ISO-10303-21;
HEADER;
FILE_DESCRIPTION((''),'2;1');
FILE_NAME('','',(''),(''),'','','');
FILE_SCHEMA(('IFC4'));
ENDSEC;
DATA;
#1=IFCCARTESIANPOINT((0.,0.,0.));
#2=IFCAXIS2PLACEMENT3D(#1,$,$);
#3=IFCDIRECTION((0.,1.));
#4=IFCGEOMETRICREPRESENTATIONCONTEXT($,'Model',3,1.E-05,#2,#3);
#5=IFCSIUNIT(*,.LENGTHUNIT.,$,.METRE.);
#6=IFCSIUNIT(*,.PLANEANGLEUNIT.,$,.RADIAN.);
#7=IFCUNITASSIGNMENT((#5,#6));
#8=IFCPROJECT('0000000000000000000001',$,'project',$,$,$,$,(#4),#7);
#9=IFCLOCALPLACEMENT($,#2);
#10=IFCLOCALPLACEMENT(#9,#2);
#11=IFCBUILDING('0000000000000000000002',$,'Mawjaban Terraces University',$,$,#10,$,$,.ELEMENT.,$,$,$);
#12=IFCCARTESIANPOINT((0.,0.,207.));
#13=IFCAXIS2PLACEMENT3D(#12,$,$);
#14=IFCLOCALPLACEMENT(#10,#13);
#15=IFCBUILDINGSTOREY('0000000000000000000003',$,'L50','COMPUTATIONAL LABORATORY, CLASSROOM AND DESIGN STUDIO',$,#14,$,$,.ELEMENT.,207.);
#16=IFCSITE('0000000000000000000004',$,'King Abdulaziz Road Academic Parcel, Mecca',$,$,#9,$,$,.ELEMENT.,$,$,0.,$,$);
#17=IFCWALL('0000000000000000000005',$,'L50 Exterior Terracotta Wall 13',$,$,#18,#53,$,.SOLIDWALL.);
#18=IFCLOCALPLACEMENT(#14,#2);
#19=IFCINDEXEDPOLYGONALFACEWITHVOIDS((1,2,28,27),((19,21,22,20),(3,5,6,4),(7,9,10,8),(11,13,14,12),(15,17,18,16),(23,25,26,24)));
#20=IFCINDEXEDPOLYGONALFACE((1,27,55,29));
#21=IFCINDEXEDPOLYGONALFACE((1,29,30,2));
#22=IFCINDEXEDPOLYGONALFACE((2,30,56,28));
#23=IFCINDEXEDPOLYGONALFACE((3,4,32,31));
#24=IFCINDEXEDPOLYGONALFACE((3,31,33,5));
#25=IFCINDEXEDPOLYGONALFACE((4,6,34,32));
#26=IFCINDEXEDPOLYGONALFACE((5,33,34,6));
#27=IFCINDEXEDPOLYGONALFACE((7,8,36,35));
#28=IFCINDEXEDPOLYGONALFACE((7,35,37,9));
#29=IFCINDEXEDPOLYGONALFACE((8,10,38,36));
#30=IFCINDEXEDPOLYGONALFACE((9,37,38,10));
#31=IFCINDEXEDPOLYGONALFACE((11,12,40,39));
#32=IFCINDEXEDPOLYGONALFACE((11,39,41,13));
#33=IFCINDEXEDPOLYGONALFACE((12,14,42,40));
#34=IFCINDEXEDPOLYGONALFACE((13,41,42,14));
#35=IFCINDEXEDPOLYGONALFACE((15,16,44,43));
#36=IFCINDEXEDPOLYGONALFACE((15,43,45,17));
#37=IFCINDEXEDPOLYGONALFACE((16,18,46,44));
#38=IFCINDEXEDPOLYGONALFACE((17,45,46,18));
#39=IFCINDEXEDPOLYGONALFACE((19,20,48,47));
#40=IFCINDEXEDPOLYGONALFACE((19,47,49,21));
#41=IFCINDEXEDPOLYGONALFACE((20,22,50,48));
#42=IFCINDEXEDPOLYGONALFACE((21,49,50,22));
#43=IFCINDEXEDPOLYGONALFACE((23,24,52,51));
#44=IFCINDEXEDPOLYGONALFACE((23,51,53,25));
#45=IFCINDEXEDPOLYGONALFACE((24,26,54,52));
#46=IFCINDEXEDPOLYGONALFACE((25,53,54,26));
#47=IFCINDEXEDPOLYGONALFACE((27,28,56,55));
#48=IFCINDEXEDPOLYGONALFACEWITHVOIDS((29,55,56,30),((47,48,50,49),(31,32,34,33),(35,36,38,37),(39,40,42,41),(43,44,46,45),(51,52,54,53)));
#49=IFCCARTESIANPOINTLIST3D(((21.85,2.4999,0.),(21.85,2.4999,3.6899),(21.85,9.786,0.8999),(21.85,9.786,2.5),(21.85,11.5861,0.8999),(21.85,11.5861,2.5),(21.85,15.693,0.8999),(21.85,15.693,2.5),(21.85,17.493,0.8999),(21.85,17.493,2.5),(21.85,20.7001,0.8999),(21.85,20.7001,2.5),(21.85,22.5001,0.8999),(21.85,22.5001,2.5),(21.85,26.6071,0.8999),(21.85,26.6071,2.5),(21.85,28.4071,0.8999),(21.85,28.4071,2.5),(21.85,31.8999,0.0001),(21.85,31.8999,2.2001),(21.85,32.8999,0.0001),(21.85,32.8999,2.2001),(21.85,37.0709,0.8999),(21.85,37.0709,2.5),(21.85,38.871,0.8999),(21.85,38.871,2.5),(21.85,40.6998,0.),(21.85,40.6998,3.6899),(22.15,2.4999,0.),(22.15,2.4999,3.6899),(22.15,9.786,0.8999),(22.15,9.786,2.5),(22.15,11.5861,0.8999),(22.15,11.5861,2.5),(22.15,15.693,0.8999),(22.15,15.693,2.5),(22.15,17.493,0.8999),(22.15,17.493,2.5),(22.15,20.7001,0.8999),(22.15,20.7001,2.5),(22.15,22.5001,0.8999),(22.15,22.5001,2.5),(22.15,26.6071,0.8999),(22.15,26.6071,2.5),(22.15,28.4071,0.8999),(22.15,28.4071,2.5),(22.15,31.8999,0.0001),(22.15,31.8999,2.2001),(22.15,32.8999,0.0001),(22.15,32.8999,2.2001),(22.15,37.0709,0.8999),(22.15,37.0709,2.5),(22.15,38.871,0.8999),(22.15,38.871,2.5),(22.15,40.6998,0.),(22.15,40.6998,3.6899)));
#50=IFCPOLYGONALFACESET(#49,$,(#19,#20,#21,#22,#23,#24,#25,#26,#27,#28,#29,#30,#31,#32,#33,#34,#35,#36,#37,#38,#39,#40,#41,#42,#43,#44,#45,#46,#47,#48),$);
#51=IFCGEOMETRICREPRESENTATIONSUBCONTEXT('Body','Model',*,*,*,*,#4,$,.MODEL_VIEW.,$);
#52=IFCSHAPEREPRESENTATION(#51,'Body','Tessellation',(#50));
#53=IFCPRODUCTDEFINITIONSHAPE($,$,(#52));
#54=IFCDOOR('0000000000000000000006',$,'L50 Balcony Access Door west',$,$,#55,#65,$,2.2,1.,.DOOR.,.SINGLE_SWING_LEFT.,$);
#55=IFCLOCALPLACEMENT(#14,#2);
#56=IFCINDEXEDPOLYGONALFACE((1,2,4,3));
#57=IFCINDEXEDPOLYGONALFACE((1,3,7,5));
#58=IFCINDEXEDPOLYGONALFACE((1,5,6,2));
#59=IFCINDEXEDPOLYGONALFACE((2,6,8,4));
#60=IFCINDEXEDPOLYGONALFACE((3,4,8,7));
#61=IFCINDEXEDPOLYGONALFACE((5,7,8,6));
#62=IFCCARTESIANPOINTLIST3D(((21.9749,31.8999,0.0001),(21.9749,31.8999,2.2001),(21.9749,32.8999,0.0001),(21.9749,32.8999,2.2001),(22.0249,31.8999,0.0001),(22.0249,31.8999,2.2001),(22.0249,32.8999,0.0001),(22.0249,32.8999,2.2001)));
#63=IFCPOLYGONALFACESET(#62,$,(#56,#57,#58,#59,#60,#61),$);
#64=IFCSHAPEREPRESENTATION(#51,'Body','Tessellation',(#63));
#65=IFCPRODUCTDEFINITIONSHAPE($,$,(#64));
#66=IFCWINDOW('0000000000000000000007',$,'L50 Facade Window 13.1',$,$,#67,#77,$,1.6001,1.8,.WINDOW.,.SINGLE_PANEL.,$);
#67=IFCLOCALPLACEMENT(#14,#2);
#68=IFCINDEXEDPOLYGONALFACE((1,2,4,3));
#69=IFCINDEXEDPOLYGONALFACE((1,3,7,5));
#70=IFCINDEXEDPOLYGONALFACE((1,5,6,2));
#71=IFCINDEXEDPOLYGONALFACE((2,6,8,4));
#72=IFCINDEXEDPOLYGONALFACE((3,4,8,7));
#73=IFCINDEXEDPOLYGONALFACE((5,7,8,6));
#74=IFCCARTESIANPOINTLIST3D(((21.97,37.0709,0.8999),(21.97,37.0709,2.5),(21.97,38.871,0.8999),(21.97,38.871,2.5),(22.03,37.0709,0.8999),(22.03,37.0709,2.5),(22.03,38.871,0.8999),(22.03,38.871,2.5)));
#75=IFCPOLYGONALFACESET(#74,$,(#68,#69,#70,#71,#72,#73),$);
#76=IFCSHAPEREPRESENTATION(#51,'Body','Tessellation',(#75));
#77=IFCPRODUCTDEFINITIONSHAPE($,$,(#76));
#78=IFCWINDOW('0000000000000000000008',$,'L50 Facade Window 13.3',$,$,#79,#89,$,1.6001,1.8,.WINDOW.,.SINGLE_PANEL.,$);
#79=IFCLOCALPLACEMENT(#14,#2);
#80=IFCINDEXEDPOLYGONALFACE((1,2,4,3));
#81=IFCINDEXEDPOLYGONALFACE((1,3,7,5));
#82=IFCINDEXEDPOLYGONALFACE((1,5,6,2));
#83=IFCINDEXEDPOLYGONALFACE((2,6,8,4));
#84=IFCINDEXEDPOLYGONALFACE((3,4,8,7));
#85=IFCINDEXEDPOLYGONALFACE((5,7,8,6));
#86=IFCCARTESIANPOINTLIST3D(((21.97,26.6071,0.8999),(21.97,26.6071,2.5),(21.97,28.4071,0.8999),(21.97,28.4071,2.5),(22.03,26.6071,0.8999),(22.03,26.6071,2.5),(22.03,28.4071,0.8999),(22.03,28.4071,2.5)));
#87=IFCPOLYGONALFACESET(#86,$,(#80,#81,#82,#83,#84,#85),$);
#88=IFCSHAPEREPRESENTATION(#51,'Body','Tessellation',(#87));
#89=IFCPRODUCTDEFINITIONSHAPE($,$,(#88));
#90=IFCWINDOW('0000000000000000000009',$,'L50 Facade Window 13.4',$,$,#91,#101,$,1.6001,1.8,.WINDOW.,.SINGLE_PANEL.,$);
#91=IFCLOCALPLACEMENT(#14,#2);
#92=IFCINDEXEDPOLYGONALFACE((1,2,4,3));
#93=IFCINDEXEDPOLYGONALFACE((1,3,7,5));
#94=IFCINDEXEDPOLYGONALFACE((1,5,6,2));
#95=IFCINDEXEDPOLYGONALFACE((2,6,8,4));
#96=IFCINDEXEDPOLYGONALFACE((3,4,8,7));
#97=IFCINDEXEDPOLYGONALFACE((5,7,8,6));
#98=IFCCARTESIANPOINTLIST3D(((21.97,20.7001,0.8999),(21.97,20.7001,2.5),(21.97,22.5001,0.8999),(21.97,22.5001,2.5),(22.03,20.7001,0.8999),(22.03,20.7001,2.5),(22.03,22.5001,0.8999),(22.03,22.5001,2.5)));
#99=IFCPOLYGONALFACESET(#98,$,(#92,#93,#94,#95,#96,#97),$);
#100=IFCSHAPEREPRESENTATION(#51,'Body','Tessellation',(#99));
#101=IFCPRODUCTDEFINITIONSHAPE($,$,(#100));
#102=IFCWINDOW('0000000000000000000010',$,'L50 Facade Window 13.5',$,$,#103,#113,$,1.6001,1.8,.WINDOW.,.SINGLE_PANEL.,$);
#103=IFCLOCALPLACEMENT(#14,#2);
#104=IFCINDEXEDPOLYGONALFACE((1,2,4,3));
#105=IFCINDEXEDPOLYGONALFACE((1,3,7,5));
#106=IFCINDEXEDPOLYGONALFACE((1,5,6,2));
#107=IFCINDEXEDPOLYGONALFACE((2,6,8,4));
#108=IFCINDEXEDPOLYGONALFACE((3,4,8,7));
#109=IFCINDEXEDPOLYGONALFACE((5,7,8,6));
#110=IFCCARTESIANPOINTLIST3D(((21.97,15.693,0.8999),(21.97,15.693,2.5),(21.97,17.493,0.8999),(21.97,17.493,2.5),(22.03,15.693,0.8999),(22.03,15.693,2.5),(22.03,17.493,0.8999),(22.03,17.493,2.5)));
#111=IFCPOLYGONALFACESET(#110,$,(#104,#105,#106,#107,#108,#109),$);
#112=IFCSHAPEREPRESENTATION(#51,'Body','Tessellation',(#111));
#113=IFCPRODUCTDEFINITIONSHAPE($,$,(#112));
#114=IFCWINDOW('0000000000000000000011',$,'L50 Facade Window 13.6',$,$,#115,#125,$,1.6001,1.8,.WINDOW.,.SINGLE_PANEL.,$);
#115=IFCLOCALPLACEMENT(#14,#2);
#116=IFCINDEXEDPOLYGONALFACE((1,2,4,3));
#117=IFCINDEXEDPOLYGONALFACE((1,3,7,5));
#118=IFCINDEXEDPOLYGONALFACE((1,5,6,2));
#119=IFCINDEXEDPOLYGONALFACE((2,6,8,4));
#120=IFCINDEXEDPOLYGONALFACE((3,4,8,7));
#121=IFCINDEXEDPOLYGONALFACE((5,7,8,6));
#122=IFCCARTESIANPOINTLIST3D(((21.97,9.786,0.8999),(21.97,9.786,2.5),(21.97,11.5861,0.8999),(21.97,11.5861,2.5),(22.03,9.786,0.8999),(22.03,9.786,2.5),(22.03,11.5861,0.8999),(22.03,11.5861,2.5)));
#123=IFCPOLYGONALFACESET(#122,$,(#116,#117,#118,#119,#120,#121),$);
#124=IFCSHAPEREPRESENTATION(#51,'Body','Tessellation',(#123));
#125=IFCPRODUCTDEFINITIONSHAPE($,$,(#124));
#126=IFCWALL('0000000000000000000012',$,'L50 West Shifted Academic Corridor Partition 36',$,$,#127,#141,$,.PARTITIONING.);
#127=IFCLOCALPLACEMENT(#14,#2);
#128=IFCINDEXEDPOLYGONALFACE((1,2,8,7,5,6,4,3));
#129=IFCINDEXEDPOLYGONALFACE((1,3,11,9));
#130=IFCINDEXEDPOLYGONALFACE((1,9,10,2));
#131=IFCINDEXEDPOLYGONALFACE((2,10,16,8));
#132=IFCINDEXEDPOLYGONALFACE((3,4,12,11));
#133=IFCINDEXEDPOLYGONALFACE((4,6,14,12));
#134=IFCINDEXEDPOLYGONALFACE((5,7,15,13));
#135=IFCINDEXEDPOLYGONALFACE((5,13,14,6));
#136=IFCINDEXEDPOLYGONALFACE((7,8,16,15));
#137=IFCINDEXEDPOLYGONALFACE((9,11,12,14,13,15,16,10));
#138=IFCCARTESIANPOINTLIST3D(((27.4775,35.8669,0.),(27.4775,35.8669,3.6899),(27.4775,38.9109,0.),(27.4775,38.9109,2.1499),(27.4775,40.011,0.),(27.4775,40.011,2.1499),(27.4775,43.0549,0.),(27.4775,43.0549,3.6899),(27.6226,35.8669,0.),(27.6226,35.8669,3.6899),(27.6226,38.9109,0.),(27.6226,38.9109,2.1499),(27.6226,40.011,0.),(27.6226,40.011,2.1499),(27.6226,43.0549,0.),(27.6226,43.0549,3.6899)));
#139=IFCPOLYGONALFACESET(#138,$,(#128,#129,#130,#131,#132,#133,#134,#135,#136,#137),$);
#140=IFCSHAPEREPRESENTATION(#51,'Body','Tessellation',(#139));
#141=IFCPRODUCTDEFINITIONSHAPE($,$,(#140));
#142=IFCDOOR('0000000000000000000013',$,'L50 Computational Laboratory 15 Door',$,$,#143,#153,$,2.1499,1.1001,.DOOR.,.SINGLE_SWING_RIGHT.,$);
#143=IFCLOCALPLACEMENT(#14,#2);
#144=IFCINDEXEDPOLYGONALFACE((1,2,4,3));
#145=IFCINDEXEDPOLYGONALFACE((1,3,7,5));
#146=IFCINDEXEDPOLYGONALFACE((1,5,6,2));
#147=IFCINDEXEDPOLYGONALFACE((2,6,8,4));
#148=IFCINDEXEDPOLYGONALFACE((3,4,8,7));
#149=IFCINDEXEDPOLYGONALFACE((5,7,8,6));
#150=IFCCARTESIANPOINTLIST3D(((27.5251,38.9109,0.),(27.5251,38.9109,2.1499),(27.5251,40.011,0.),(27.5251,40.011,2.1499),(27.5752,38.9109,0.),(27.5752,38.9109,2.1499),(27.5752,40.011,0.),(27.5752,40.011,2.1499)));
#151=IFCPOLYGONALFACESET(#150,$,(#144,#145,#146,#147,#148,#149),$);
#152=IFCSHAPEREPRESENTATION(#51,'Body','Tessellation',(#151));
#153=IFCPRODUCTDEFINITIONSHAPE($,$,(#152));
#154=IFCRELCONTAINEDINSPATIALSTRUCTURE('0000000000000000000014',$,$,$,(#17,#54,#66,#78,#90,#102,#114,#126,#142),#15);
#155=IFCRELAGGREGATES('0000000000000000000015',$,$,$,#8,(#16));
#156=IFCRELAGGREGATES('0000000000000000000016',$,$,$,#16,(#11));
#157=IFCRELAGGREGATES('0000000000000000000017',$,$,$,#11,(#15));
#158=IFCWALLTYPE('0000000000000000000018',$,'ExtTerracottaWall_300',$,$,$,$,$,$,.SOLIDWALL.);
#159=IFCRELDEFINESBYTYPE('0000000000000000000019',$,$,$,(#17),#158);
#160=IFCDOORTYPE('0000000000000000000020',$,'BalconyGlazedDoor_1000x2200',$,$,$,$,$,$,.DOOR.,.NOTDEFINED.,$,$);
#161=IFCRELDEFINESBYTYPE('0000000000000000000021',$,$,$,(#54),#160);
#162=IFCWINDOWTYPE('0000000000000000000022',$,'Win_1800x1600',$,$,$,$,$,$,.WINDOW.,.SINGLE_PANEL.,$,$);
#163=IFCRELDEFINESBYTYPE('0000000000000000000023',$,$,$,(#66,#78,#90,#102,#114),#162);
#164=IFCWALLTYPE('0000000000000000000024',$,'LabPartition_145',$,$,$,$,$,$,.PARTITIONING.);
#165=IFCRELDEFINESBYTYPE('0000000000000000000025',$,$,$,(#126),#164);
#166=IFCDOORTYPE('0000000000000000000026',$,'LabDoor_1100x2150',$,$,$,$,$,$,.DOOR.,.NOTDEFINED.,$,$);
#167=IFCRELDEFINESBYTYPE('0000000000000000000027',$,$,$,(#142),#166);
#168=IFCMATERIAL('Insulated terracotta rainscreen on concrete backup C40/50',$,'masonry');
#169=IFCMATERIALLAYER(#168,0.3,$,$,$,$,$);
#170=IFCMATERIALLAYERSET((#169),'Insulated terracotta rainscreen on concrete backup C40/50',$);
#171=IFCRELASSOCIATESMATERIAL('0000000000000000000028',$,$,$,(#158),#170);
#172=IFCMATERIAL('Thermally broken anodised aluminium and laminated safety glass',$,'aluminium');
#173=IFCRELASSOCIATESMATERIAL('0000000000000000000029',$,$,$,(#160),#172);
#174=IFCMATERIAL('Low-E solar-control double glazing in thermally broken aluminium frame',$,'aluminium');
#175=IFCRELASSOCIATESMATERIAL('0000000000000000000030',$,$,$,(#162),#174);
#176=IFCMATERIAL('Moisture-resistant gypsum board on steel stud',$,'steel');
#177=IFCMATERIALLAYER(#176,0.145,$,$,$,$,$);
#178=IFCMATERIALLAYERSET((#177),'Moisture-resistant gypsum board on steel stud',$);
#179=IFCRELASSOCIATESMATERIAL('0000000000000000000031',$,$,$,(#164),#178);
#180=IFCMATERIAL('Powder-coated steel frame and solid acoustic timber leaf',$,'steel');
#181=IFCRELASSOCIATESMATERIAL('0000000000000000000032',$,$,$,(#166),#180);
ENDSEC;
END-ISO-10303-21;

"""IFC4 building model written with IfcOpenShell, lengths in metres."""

from ifc_helpers import new_model, si_unit, direction, frame, frame_2d, origin, place, context, subcontext, project, spatial, rectangle, extrude, material, layer, layer_set, type_object, element, fill, save


model = new_model("IFC4")

# Units and contexts
model_context = context("Model", 3, precision=1e-05, world=origin(), true_north=direction((0.0, 1.0)))
body_context = subcontext(model_context, "Body", "Model", "MODEL_VIEW")
ifc_project = project(units=[si_unit("LENGTHUNIT", "METRE"), si_unit("PLANEANGLEUNIT", "RADIAN")], contexts=[model_context])

# Site, building, storey
site_placement = place(None, origin())
site = spatial("IfcSite", under=ifc_project, at=site_placement, Name="King Abdulaziz Road Academic Parcel, Mecca", CompositionType="ELEMENT", RefElevation=0.0)
building_placement = place(site_placement, origin())
building = spatial("IfcBuilding", under=site, at=building_placement, Name="Mawjaban Terraces University", CompositionType="ELEMENT")
storey_placement = place(building_placement, frame((0.0, 0.0, 207.0)))
storey = spatial("IfcBuildingStorey", under=building, at=storey_placement, Name="L50", Description="COMPUTATIONAL LABORATORY, CLASSROOM AND DESIGN STUDIO", CompositionType="ELEMENT", Elevation=207.0)

# Shared definitions
ifc_material_1 = material(Name="Powder-coated steel frame and solid acoustic timber leaf", Category="steel")

# Shared definitions
ifc_material_2 = material(Name="Insulated terracotta rainscreen on concrete backup C40/50", Category="masonry")
ifc_layer_1 = layer(ifc_material_2, 0.3)
ifc_layer_set_1 = layer_set([ifc_layer_1], Name="Insulated terracotta rainscreen on concrete backup C40/50")
wall_type_1 = type_object("IfcWallType", Name="ExtTerracottaWall_300", PredefinedType="SOLIDWALL", material=ifc_layer_set_1)
ifc_material_3 = material(Name="Low-E solar-control double glazing in thermally broken aluminium frame", Category="aluminium")

# Wall, openings, door, windows
wall_1_placement = place(storey_placement, frame((22.0, 40.7, 0.0), z_axis=(0.0, 0.0, 1.0), x_axis=(0.0, -1.0, 0.0)))
wall_1 = element("IfcWall", 1, at=wall_1_placement, inside=storey, type_object=wall_type_1, Name="L50 Exterior Terracotta Wall 13", PredefinedType="SOLIDWALL", context=body_context, shape_type="SweptSolid", body=[
    extrude(rectangle(XDim=38.2, YDim=0.3, at=frame_2d((19.1001, 0.0))), origin(), (0.0, 0.0, 1.0), 3.6899),
])
opening_1_placement = place(wall_1_placement, frame((7.8, 0.0, 0.0)))
opening_1 = element("IfcOpeningElement", 2, at=opening_1_placement, cuts=wall_1, PredefinedType="OPENING", context=body_context, shape_type="SweptSolid", body=[
    extrude(rectangle(XDim=1.0, YDim=2.2, at=frame_2d((0.5, 1.1001))), frame((0.0, 0.1599, 0.0), z_axis=(0.0, -1.0, 0.0), x_axis=(1.0, 0.0, 0.0)), (0.0, 0.0, 1.0), 0.3201),
])
opening_2_placement = place(wall_1_placement, frame((1.8291, 0.0, 0.8999)))
opening_2 = element("IfcOpeningElement", 3, at=opening_2_placement, cuts=wall_1, PredefinedType="OPENING", context=body_context, shape_type="SweptSolid", body=[
    extrude(rectangle(XDim=1.8, YDim=1.6001, at=frame_2d((0.8999, 0.8))), frame((0.0, 0.1599, 0.0), z_axis=(0.0, -1.0, 0.0), x_axis=(1.0, 0.0, 0.0)), (0.0, 0.0, 1.0), 0.3201),
])
opening_3_placement = place(wall_1_placement, frame((12.293, 0.0, 0.8999)))
opening_3 = element("IfcOpeningElement", 4, at=opening_3_placement, cuts=wall_1, PredefinedType="OPENING", context=body_context, shape_type="SweptSolid", body=[
    extrude(rectangle(XDim=1.8, YDim=1.6001, at=frame_2d((0.8999, 0.8))), frame((0.0, 0.1599, 0.0), z_axis=(0.0, -1.0, 0.0), x_axis=(1.0, 0.0, 0.0)), (0.0, 0.0, 1.0), 0.3201),
])
opening_4_placement = place(wall_1_placement, frame((18.2, 0.0, 0.8999)))
opening_4 = element("IfcOpeningElement", 5, at=opening_4_placement, cuts=wall_1, PredefinedType="OPENING", context=body_context, shape_type="SweptSolid", body=[
    extrude(rectangle(XDim=1.8, YDim=1.6001, at=frame_2d((0.8999, 0.8))), frame((0.0, 0.1599, 0.0), z_axis=(0.0, -1.0, 0.0), x_axis=(1.0, 0.0, 0.0)), (0.0, 0.0, 1.0), 0.3201),
])
opening_5_placement = place(wall_1_placement, frame((23.207, 0.0, 0.8999)))
opening_5 = element("IfcOpeningElement", 6, at=opening_5_placement, cuts=wall_1, PredefinedType="OPENING", context=body_context, shape_type="SweptSolid", body=[
    extrude(rectangle(XDim=1.8, YDim=1.6001, at=frame_2d((0.8999, 0.8))), frame((0.0, 0.1599, 0.0), z_axis=(0.0, -1.0, 0.0), x_axis=(1.0, 0.0, 0.0)), (0.0, 0.0, 1.0), 0.3201),
])
opening_6_placement = place(wall_1_placement, frame((29.114, 0.0, 0.8999)))
opening_6 = element("IfcOpeningElement", 7, at=opening_6_placement, cuts=wall_1, PredefinedType="OPENING", context=body_context, shape_type="SweptSolid", body=[
    extrude(rectangle(XDim=1.8, YDim=1.6001, at=frame_2d((0.8999, 0.8))), frame((0.0, 0.1599, 0.0), z_axis=(0.0, -1.0, 0.0), x_axis=(1.0, 0.0, 0.0)), (0.0, 0.0, 1.0), 0.3201),
])
ifc_material_4 = material(Name="Thermally broken anodised aluminium and laminated safety glass", Category="aluminium")
door_type_1 = type_object("IfcDoorType", Name="BalconyGlazedDoor_1000x2200", OperationType="NOTDEFINED", PredefinedType="DOOR", material=ifc_material_4)
door_1_placement = place(opening_1_placement, origin())
door_1 = element("IfcDoor", 8, at=door_1_placement, inside=storey, type_object=door_type_1, Name="L50 Balcony Access Door west", OperationType="SINGLE_SWING_LEFT", OverallHeight=2.2, OverallWidth=1.0, PredefinedType="DOOR", context=body_context, shape_type="SweptSolid", body=[
    extrude(rectangle(XDim=1.0, YDim=2.2, at=frame_2d((0.5, 1.1001))), frame((0.0, 0.0249, 0.0), z_axis=(0.0, -1.0, 0.0), x_axis=(1.0, 0.0, 0.0)), (0.0, 0.0, 1.0), 0.05),
])
fill(opening_1, door_1)
window_type_1 = type_object("IfcWindowType", Name="Win_1800x1600", PartitioningType="SINGLE_PANEL", PredefinedType="WINDOW", material=ifc_material_3)
window_1_placement = place(opening_2_placement, origin())
window_1 = element("IfcWindow", 9, at=window_1_placement, inside=storey, type_object=window_type_1, Name="L50 Facade Window 13.1", OverallHeight=1.6001, OverallWidth=1.8, PartitioningType="SINGLE_PANEL", PredefinedType="WINDOW", context=body_context, shape_type="SweptSolid", body=[
    extrude(rectangle(XDim=1.8, YDim=1.6001, at=frame_2d((0.8999, 0.8))), frame((0.0, 0.03, 0.0), z_axis=(0.0, -1.0, 0.0), x_axis=(1.0, 0.0, 0.0)), (0.0, 0.0, 1.0), 0.0601),
])
fill(opening_2, window_1)
window_2_placement = place(opening_3_placement, origin())
window_2 = element("IfcWindow", 10, at=window_2_placement, inside=storey, type_object=window_type_1, Name="L50 Facade Window 13.3", OverallHeight=1.6001, OverallWidth=1.8, PartitioningType="SINGLE_PANEL", PredefinedType="WINDOW", context=body_context, shape_type="SweptSolid", body=[
    extrude(rectangle(XDim=1.8, YDim=1.6001, at=frame_2d((0.8999, 0.8))), frame((0.0, 0.03, 0.0), z_axis=(0.0, -1.0, 0.0), x_axis=(1.0, 0.0, 0.0)), (0.0, 0.0, 1.0), 0.0601),
])
fill(opening_3, window_2)
window_3_placement = place(opening_4_placement, origin())
window_3 = element("IfcWindow", 11, at=window_3_placement, inside=storey, type_object=window_type_1, Name="L50 Facade Window 13.4", OverallHeight=1.6001, OverallWidth=1.8, PartitioningType="SINGLE_PANEL", PredefinedType="WINDOW", context=body_context, shape_type="SweptSolid", body=[
    extrude(rectangle(XDim=1.8, YDim=1.6001, at=frame_2d((0.8999, 0.8))), frame((0.0, 0.03, 0.0), z_axis=(0.0, -1.0, 0.0), x_axis=(1.0, 0.0, 0.0)), (0.0, 0.0, 1.0), 0.0601),
])
fill(opening_4, window_3)
window_4_placement = place(opening_5_placement, origin())
window_4 = element("IfcWindow", 12, at=window_4_placement, inside=storey, type_object=window_type_1, Name="L50 Facade Window 13.5", OverallHeight=1.6001, OverallWidth=1.8, PartitioningType="SINGLE_PANEL", PredefinedType="WINDOW", context=body_context, shape_type="SweptSolid", body=[
    extrude(rectangle(XDim=1.8, YDim=1.6001, at=frame_2d((0.8999, 0.8))), frame((0.0, 0.03, 0.0), z_axis=(0.0, -1.0, 0.0), x_axis=(1.0, 0.0, 0.0)), (0.0, 0.0, 1.0), 0.0601),
])
fill(opening_5, window_4)
window_5_placement = place(opening_6_placement, origin())
window_5 = element("IfcWindow", 13, at=window_5_placement, inside=storey, type_object=window_type_1, Name="L50 Facade Window 13.6", OverallHeight=1.6001, OverallWidth=1.8, PartitioningType="SINGLE_PANEL", PredefinedType="WINDOW", context=body_context, shape_type="SweptSolid", body=[
    extrude(rectangle(XDim=1.8, YDim=1.6001, at=frame_2d((0.8999, 0.8))), frame((0.0, 0.03, 0.0), z_axis=(0.0, -1.0, 0.0), x_axis=(1.0, 0.0, 0.0)), (0.0, 0.0, 1.0), 0.0601),
])
fill(opening_6, window_5)

# Wall, opening, door
ifc_material_5 = material(Name="Moisture-resistant gypsum board on steel stud", Category="steel")
ifc_layer_2 = layer(ifc_material_5, 0.145)
ifc_layer_set_2 = layer_set([ifc_layer_2], Name="Moisture-resistant gypsum board on steel stud")
wall_type_2 = type_object("IfcWallType", Name="LabPartition_145", PredefinedType="PARTITIONING", material=ifc_layer_set_2)
wall_2_placement = place(storey_placement, frame((27.55, 35.8669, 0.0), z_axis=(0.0, 0.0, 1.0), x_axis=(0.0, 1.0, 0.0)))
wall_2 = element("IfcWall", 14, at=wall_2_placement, inside=storey, type_object=wall_type_2, Name="L50 West Shifted Academic Corridor Partition 36", PredefinedType="PARTITIONING", context=body_context, shape_type="SweptSolid", body=[
    extrude(rectangle(XDim=7.188, YDim=0.145, at=frame_2d((3.594, 0.0))), origin(), (0.0, 0.0, 1.0), 3.6899),
])
opening_7_placement = place(wall_2_placement, frame((3.0439, 0.0, 0.0)))
opening_7 = element("IfcOpeningElement", 15, at=opening_7_placement, cuts=wall_2, PredefinedType="OPENING", context=body_context, shape_type="SweptSolid", body=[
    extrude(rectangle(XDim=1.1001, YDim=2.1499, at=frame_2d((0.55, 1.075))), frame((0.0, 0.0825, 0.0), z_axis=(0.0, -1.0, 0.0), x_axis=(1.0, 0.0, 0.0)), (0.0, 0.0, 1.0), 0.165),
])
door_type_2 = type_object("IfcDoorType", Name="LabDoor_1100x2150", OperationType="NOTDEFINED", PredefinedType="DOOR", material=ifc_material_1)
door_2_placement = place(opening_7_placement, origin())
door_2 = element("IfcDoor", 16, at=door_2_placement, inside=storey, type_object=door_type_2, Name="L50 Computational Laboratory 15 Door", OperationType="SINGLE_SWING_RIGHT", OverallHeight=2.1499, OverallWidth=1.1001, PredefinedType="DOOR", context=body_context, shape_type="SweptSolid", body=[
    extrude(rectangle(XDim=1.1001, YDim=2.1499, at=frame_2d((0.55, 1.075))), frame((0.0, 0.0249, 0.0), z_axis=(0.0, -1.0, 0.0), x_axis=(1.0, 0.0, 0.0)), (0.0, 0.0, 1.0), 0.05),
])
fill(opening_7, door_2)

save(model, "model.ifc")
